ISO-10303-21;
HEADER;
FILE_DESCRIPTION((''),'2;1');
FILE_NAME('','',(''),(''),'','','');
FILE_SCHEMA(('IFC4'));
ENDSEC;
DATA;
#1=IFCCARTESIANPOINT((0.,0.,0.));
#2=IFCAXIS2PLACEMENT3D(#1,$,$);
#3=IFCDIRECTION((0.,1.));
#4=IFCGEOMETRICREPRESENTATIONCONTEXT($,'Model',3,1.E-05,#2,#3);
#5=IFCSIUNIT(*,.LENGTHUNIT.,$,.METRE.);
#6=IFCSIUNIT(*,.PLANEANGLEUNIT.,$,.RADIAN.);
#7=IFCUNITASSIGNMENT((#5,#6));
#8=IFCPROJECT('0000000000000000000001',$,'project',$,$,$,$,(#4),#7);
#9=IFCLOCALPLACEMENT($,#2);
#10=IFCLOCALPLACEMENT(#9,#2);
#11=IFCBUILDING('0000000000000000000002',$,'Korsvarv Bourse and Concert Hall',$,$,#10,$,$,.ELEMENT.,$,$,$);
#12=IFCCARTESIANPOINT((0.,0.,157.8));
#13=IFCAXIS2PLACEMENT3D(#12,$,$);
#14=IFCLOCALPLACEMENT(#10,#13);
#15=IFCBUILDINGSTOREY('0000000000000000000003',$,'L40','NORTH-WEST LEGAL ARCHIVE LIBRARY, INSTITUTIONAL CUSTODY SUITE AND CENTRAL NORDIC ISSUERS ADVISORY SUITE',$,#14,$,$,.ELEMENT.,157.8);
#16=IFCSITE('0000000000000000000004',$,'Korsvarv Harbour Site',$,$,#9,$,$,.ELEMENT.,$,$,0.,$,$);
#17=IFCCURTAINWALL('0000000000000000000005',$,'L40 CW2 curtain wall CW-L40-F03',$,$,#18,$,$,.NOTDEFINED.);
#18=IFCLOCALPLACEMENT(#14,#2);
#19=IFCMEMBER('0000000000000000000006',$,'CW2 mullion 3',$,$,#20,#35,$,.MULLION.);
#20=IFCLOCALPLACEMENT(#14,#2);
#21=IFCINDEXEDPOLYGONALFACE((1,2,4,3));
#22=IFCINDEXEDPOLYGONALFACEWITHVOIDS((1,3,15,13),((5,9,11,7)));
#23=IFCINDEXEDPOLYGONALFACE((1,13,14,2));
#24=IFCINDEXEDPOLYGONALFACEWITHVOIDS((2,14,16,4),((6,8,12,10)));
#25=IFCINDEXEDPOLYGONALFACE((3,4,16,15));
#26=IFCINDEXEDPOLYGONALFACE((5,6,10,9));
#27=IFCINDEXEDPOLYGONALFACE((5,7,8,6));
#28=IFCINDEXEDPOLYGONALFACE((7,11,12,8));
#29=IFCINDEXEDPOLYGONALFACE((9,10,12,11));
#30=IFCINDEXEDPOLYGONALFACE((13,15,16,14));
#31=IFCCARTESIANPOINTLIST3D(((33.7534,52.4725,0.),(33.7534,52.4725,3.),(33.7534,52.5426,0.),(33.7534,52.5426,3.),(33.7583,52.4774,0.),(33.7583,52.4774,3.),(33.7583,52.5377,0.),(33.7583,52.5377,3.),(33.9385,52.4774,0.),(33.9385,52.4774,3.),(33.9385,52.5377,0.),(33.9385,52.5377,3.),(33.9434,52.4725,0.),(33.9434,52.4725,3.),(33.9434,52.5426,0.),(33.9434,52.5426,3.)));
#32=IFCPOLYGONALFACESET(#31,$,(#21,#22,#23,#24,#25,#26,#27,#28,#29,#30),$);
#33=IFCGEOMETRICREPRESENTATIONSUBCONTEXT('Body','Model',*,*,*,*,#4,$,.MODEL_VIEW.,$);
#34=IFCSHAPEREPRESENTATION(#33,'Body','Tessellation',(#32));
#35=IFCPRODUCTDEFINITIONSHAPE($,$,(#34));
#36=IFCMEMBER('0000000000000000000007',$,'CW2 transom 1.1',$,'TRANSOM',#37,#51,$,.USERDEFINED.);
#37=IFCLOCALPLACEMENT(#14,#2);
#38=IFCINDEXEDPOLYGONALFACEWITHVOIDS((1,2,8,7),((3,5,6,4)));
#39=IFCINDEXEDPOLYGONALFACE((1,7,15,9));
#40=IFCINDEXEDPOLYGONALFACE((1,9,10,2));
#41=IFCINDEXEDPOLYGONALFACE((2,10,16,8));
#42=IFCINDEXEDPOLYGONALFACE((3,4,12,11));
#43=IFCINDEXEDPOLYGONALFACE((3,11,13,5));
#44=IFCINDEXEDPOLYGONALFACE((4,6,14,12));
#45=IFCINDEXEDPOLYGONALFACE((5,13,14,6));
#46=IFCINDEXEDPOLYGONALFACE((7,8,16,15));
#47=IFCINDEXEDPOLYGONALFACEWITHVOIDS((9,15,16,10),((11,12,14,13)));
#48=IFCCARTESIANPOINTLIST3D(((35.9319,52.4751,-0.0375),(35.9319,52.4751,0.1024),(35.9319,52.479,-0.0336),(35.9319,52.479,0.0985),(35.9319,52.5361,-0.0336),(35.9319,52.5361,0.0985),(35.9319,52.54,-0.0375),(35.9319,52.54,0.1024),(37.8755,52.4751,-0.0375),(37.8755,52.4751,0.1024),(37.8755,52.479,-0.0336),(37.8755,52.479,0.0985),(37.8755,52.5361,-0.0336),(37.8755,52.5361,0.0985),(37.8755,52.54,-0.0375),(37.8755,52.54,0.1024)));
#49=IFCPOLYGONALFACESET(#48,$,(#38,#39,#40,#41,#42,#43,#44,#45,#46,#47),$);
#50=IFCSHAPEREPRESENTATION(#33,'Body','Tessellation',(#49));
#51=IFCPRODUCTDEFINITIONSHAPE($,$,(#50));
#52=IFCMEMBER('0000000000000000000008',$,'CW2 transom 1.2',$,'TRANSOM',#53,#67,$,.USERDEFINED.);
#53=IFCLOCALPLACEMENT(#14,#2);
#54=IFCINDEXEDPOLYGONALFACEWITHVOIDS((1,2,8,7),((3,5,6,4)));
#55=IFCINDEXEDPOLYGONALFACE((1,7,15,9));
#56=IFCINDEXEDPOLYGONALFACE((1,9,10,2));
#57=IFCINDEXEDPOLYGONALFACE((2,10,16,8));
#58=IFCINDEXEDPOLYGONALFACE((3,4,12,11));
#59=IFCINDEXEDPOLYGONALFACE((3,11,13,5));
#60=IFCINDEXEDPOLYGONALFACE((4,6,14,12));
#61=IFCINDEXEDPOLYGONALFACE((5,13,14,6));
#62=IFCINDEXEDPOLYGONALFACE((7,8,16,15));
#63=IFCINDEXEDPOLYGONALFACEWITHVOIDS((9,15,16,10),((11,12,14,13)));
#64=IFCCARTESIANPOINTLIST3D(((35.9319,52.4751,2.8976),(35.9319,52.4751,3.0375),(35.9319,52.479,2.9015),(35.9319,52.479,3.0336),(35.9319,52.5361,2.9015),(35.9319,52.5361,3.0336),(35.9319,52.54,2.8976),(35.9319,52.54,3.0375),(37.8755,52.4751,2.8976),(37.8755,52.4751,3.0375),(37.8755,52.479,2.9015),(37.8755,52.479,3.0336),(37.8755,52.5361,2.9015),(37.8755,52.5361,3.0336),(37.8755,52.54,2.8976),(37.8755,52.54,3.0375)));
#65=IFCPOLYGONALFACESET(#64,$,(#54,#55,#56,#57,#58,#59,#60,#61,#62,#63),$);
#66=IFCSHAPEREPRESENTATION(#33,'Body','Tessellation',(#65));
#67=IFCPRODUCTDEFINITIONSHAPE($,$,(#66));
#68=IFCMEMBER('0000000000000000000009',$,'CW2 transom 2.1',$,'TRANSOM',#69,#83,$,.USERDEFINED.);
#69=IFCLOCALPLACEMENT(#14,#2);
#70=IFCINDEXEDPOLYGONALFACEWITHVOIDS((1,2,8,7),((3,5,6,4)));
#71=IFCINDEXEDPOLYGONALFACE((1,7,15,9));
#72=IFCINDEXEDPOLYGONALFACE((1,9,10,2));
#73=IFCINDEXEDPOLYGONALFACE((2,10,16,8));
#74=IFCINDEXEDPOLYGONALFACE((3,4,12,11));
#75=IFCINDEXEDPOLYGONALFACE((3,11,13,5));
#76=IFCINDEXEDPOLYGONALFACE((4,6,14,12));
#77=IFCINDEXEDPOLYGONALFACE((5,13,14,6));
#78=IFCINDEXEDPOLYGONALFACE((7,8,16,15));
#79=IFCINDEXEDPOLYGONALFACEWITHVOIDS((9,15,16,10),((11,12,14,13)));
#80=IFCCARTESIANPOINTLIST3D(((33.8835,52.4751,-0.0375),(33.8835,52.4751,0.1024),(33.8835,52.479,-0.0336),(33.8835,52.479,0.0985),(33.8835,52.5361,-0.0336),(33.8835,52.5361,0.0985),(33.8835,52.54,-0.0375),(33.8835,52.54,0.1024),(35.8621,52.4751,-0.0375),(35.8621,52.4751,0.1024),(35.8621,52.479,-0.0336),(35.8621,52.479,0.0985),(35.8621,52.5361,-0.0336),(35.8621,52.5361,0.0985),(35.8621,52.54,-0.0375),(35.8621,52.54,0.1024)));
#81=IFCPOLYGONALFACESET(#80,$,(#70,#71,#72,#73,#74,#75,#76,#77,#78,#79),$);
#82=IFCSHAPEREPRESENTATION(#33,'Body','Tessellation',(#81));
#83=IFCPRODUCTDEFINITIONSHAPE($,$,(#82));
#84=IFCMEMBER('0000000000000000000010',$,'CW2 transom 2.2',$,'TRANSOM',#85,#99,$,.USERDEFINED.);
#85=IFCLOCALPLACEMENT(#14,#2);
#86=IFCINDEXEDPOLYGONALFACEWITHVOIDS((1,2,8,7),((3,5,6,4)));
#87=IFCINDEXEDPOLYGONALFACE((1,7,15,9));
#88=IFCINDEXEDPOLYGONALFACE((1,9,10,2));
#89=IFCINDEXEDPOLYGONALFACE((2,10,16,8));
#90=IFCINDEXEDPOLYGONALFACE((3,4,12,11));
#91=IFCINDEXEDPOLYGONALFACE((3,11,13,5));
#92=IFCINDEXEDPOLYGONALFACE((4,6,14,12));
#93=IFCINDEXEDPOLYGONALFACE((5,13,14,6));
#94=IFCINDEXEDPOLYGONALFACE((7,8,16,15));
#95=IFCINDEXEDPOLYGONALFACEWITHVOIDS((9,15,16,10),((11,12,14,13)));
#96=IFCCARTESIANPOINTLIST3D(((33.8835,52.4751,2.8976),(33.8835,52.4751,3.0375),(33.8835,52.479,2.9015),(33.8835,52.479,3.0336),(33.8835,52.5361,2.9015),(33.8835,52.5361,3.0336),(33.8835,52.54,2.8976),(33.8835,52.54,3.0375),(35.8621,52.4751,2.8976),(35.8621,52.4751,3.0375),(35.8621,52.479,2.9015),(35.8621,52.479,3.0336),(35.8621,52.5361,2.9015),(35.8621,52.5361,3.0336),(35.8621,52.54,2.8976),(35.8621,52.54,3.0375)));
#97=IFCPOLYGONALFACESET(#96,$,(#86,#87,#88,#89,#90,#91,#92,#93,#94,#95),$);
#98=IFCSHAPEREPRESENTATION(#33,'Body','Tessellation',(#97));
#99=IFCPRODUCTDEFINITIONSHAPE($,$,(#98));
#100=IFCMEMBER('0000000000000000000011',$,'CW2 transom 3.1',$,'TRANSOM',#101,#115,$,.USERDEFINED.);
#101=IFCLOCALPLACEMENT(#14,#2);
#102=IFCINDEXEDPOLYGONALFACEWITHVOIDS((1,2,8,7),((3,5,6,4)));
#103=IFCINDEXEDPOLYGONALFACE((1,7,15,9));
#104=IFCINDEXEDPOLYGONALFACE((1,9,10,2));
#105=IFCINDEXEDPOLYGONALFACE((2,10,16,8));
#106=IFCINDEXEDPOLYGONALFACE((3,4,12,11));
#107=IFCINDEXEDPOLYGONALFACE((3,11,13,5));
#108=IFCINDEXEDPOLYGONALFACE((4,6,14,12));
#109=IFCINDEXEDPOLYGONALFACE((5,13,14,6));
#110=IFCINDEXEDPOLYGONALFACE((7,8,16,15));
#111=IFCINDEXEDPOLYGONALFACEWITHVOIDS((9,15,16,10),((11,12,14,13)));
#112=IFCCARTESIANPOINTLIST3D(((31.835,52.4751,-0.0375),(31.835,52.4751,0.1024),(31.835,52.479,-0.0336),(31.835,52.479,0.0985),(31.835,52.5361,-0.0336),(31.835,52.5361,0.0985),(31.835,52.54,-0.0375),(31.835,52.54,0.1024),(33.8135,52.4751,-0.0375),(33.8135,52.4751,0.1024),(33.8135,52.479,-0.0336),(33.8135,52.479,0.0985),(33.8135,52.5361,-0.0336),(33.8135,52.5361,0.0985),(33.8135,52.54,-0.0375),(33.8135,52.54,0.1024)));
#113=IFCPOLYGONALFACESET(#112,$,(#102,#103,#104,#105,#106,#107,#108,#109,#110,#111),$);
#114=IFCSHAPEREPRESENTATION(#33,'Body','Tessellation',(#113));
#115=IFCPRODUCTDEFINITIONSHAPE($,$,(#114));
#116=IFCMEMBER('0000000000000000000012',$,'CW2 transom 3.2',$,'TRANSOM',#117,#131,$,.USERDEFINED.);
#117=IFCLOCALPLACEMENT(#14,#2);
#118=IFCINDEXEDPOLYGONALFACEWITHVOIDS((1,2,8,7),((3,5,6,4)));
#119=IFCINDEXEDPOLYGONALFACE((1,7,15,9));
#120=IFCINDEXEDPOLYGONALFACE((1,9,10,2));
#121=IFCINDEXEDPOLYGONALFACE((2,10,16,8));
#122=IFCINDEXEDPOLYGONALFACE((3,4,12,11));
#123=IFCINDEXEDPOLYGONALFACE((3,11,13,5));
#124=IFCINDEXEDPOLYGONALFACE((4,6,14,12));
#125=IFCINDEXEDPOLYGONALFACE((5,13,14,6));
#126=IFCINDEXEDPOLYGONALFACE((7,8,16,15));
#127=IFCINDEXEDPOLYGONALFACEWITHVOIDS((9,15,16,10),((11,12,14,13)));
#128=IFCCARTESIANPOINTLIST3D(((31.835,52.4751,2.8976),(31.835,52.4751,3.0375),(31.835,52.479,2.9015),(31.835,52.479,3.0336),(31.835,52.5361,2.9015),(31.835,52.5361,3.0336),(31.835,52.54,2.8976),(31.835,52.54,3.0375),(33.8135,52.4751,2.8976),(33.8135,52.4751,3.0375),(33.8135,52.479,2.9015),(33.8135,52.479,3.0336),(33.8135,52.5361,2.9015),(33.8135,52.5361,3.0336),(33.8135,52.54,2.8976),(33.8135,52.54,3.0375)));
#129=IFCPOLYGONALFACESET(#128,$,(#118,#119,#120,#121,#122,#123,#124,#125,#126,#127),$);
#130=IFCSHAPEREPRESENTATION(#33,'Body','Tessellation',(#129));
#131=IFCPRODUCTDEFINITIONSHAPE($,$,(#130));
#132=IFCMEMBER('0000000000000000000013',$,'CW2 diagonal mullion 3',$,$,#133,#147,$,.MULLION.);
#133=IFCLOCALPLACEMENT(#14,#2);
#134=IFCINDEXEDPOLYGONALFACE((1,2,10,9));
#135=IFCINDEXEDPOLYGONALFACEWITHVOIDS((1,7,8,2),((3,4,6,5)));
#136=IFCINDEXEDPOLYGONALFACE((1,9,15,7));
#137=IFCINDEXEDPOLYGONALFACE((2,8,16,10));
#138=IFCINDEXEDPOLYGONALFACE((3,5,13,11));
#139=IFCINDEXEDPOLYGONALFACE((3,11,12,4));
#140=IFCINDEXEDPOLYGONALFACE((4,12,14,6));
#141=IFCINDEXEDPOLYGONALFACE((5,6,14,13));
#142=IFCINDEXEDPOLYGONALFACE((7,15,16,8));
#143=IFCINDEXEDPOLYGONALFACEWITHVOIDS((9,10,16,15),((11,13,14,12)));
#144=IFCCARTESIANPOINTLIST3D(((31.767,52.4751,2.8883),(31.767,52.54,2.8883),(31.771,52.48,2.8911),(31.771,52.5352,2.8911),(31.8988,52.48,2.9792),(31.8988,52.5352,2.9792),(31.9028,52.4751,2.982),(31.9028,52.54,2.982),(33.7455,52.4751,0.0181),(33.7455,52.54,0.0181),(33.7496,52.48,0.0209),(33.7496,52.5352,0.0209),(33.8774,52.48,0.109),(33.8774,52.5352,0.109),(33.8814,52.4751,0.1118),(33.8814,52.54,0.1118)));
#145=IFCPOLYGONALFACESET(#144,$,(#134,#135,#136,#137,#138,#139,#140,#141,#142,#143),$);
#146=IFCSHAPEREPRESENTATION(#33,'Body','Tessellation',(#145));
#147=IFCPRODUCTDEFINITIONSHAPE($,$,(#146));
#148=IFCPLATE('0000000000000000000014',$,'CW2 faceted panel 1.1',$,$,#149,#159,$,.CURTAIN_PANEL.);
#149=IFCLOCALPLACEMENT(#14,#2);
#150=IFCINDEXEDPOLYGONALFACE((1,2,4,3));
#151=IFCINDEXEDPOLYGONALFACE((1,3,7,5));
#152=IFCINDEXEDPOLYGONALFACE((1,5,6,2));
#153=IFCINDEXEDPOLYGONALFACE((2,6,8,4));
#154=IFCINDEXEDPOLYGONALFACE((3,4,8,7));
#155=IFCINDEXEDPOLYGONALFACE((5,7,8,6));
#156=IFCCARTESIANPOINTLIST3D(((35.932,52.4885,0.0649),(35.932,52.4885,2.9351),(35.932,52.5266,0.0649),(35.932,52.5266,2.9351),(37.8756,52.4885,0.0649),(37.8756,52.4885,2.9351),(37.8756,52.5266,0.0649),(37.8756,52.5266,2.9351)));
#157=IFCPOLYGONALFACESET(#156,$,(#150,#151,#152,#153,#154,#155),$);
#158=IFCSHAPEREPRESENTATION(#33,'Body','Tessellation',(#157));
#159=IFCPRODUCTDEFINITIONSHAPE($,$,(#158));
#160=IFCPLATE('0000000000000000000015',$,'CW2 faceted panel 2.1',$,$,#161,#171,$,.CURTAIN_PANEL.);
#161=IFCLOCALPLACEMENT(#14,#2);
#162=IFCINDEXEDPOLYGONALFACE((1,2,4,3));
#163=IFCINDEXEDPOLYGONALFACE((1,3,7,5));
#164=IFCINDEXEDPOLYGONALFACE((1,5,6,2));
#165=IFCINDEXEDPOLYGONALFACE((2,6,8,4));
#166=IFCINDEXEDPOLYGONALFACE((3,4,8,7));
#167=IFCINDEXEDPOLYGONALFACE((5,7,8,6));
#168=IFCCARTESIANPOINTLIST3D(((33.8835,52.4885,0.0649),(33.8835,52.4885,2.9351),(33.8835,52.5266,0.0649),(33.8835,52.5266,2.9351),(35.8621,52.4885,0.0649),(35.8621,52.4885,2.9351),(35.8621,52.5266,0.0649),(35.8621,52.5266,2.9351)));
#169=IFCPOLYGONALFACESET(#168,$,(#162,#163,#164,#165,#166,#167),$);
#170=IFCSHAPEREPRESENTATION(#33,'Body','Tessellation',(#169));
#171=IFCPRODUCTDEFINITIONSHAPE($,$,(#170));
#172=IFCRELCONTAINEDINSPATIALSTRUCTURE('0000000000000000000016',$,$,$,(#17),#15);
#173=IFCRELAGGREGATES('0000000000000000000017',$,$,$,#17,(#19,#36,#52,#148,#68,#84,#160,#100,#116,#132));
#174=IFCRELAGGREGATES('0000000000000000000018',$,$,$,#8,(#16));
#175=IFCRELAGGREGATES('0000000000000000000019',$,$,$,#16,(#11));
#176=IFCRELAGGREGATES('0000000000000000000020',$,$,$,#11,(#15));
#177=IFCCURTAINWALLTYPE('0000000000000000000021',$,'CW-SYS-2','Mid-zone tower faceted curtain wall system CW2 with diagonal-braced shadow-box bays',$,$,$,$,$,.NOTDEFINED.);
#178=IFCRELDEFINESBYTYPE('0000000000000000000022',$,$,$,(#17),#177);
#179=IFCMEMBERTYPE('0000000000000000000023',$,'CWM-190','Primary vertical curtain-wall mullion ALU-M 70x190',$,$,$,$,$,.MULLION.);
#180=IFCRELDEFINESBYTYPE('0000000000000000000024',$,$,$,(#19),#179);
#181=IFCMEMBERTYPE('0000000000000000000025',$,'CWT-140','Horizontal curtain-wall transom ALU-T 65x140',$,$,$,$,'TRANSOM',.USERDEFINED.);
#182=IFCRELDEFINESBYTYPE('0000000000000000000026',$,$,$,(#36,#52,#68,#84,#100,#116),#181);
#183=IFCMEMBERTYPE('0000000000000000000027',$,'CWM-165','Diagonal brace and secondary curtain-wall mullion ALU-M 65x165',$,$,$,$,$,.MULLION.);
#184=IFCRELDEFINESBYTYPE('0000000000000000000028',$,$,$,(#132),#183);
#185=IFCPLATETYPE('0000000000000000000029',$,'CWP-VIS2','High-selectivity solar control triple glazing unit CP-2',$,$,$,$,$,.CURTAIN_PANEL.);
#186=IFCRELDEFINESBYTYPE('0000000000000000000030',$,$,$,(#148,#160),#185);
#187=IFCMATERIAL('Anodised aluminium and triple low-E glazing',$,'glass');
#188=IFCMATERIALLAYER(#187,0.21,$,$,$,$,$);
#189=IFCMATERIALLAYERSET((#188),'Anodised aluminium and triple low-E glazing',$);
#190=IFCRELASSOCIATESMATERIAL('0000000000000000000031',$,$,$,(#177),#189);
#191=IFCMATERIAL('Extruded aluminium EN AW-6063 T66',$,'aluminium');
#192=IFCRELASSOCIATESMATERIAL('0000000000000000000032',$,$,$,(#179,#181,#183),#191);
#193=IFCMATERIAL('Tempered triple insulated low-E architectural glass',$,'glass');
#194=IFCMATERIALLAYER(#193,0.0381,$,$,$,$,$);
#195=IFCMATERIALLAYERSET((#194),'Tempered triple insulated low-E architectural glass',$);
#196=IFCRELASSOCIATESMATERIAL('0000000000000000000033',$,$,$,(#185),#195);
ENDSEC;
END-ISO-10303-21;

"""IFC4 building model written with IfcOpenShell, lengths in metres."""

from ifc_helpers import new_model, si_unit, direction, frame, origin, origin_2d, place, context, subcontext, project, spatial, rectangle, hollow_rectangle, extrude, source, transform, mapped, material, layer, layer_set, material_profile, profile_set, type_object, element, aggregate, save


model = new_model("IFC4")

# Units and contexts
model_context = context("Model", 3, precision=1e-05, world=origin(), true_north=direction((0.0, 1.0)))
body_context = subcontext(model_context, "Body", "Model", "MODEL_VIEW")
ifc_project = project(units=[si_unit("LENGTHUNIT", "METRE"), si_unit("PLANEANGLEUNIT", "RADIAN")], contexts=[model_context])

# Site, building, storey
site_placement = place(None, origin())
site = spatial("IfcSite", under=ifc_project, at=site_placement, Name="Korsvarv Harbour Site", CompositionType="ELEMENT", RefElevation=0.0)
building_placement = place(site_placement, origin())
building = spatial("IfcBuilding", under=site, at=building_placement, Name="Korsvarv Bourse and Concert Hall", CompositionType="ELEMENT")
storey_placement = place(building_placement, frame((0.0, 0.0, 157.8)))
storey = spatial("IfcBuildingStorey", under=building, at=storey_placement, Name="L40", Description="NORTH-WEST LEGAL ARCHIVE LIBRARY, INSTITUTIONAL CUSTODY SUITE AND CENTRAL NORDIC ISSUERS ADVISORY SUITE", CompositionType="ELEMENT", Elevation=157.8)

# Curtain wall, members, plates
ifc_material_1 = material(Name="Anodised aluminium and triple low-E glazing", Category="glass")
ifc_layer_1 = layer(ifc_material_1, 0.21)
ifc_layer_set_1 = layer_set([ifc_layer_1], Name="Anodised aluminium and triple low-E glazing")
curtain_wall_type = type_object("IfcCurtainWallType", Name="CW-SYS-2", Description="Mid-zone tower faceted curtain wall system CW2 with diagonal-braced shadow-box bays", PredefinedType="NOTDEFINED", material=ifc_layer_set_1)
curtain_wall_placement = place(storey_placement, origin())
curtain_wall = element("IfcCurtainWall", 1, at=curtain_wall_placement, inside=storey, type_object=curtain_wall_type, Name="L40 CW2 curtain wall CW-L40-F03", PredefinedType="NOTDEFINED")
ifc_material_2 = material(Name="Extruded aluminium EN AW-6063 T66", Category="aluminium")
ifc_material_profile_1 = material_profile(ifc_material_2, hollow_rectangle(XDim=0.0701, YDim=0.1899, WallThickness=0.0049, at=origin_2d()), Name="ALU-M 70x190")
ifc_profile_set_1 = profile_set([ifc_material_profile_1], Name="Extruded aluminium EN AW-6063 T66")
member_type_1 = type_object("IfcMemberType", Name="CWM-190", Description="Primary vertical curtain-wall mullion ALU-M 70x190", PredefinedType="MULLION", material=ifc_profile_set_1)
shared_shape_1 = source(origin(), body_context, "Body", "SweptSolid", [
    extrude(hollow_rectangle(XDim=0.0701, YDim=0.1899, WallThickness=0.0049, at=origin_2d()), origin(), (0.0, 0.0, 1.0), 3.0),
])
member_1_placement = place(storey_placement, frame((33.8484, 52.5076, 0.0), z_axis=(0.0, 0.0, 1.0), x_axis=(0.0, -1.0, 0.0)))
member_1 = element("IfcMember", 2, at=member_1_placement, type_object=member_type_1, Name="CW2 mullion 3", PredefinedType="MULLION", context=body_context, shape_type="MappedRepresentation", body=[
    mapped(shared_shape_1, transform((0.0, 0.0, 0.0), scale=1.0)),
])
ifc_material_profile_2 = material_profile(ifc_material_2, hollow_rectangle(XDim=0.0649, YDim=0.1399, WallThickness=0.0039, at=origin_2d()), Name="ALU-T 65x140")
ifc_profile_set_2 = profile_set([ifc_material_profile_2], Name="Extruded aluminium EN AW-6063 T66")
member_type_2 = type_object("IfcMemberType", Name="CWT-140", Description="Horizontal curtain-wall transom ALU-T 65x140", ElementType="TRANSOM", PredefinedType="USERDEFINED", material=ifc_profile_set_2)
shared_shape_2 = source(origin(), body_context, "Body", "SweptSolid", [
    extrude(hollow_rectangle(XDim=0.0649, YDim=0.1399, WallThickness=0.0039, at=origin_2d()), origin(), (0.0, 0.0, 1.0), 1.9436),
])
member_2_placement = place(storey_placement, frame((37.8755, 52.5076, 0.0325), z_axis=(-1.0, 0.0, 0.0), x_axis=(0.0, -1.0, 0.0)))
member_2 = element("IfcMember", 3, at=member_2_placement, type_object=member_type_2, Name="CW2 transom 1.1", ObjectType="TRANSOM", PredefinedType="USERDEFINED", context=body_context, shape_type="MappedRepresentation", body=[
    mapped(shared_shape_2, transform((0.0, 0.0, 0.0), scale=1.0)),
])
member_3_placement = place(storey_placement, frame((37.8755, 52.5076, 2.9675), z_axis=(-1.0, 0.0, 0.0), x_axis=(0.0, -1.0, 0.0)))
member_3 = element("IfcMember", 4, at=member_3_placement, type_object=member_type_2, Name="CW2 transom 1.2", ObjectType="TRANSOM", PredefinedType="USERDEFINED", context=body_context, shape_type="MappedRepresentation", body=[
    mapped(shared_shape_2, transform((0.0, 0.0, 0.0), scale=1.0)),
])
shared_shape_3 = source(origin(), body_context, "Body", "SweptSolid", [
    extrude(hollow_rectangle(XDim=0.0649, YDim=0.1399, WallThickness=0.0039, at=origin_2d()), origin(), (0.0, 0.0, 1.0), 1.9785),
])
member_4_placement = place(storey_placement, frame((35.8621, 52.5076, 0.0325), z_axis=(-1.0, 0.0, 0.0), x_axis=(0.0, -1.0, 0.0)))
member_4 = element("IfcMember", 5, at=member_4_placement, type_object=member_type_2, Name="CW2 transom 2.1", ObjectType="TRANSOM", PredefinedType="USERDEFINED", context=body_context, shape_type="MappedRepresentation", body=[
    mapped(shared_shape_3, transform((0.0, 0.0, 0.0), scale=1.0)),
])
member_5_placement = place(storey_placement, frame((35.8621, 52.5076, 2.9675), z_axis=(-1.0, 0.0, 0.0), x_axis=(0.0, -1.0, 0.0)))
member_5 = element("IfcMember", 6, at=member_5_placement, type_object=member_type_2, Name="CW2 transom 2.2", ObjectType="TRANSOM", PredefinedType="USERDEFINED", context=body_context, shape_type="MappedRepresentation", body=[
    mapped(shared_shape_3, transform((0.0, 0.0, 0.0), scale=1.0)),
])
member_6_placement = place(storey_placement, frame((33.8135, 52.5076, 0.0325), z_axis=(-1.0, 0.0, 0.0), x_axis=(0.0, -1.0, 0.0)))
member_6 = element("IfcMember", 7, at=member_6_placement, type_object=member_type_2, Name="CW2 transom 3.1", ObjectType="TRANSOM", PredefinedType="USERDEFINED", context=body_context, shape_type="MappedRepresentation", body=[
    mapped(shared_shape_3, transform((0.0, 0.0, 0.0), scale=1.0)),
])
member_7_placement = place(storey_placement, frame((33.8135, 52.5076, 2.9675), z_axis=(-1.0, 0.0, 0.0), x_axis=(0.0, -1.0, 0.0)))
member_7 = element("IfcMember", 8, at=member_7_placement, type_object=member_type_2, Name="CW2 transom 3.2", ObjectType="TRANSOM", PredefinedType="USERDEFINED", context=body_context, shape_type="MappedRepresentation", body=[
    mapped(shared_shape_3, transform((0.0, 0.0, 0.0), scale=1.0)),
])
ifc_material_profile_3 = material_profile(ifc_material_2, hollow_rectangle(XDim=0.0649, YDim=0.165, WallThickness=0.0049, at=origin_2d()), Name="ALU-M 65x165")
ifc_profile_set_3 = profile_set([ifc_material_profile_3], Name="Extruded aluminium EN AW-6063 T66")
member_type_3 = type_object("IfcMemberType", Name="CWM-165", Description="Diagonal brace and secondary curtain-wall mullion ALU-M 65x165", PredefinedType="MULLION", material=ifc_profile_set_3)
shared_shape_4 = source(origin(), body_context, "Body", "SweptSolid", [
    extrude(hollow_rectangle(XDim=0.0649, YDim=0.165, WallThickness=0.0049, at=origin_2d()), origin(), (0.0, 0.0, 1.0), 3.4861),
])
member_8_placement = place(storey_placement, frame((33.8135, 52.5076, 0.0649), z_axis=(-0.567563, 0.0, 0.82333), x_axis=(0.0, -1.0, 0.0)))
member_8 = element("IfcMember", 9, at=member_8_placement, type_object=member_type_3, Name="CW2 diagonal mullion 3", PredefinedType="MULLION", context=body_context, shape_type="MappedRepresentation", body=[
    mapped(shared_shape_4, transform((0.0, 0.0, 0.0), scale=1.0)),
])
ifc_material_3 = material(Name="Tempered triple insulated low-E architectural glass", Category="glass")
ifc_layer_2 = layer(ifc_material_3, 0.0381)
ifc_layer_set_2 = layer_set([ifc_layer_2], Name="Tempered triple insulated low-E architectural glass")
plate_type_1 = type_object("IfcPlateType", Name="CWP-VIS2", Description="High-selectivity solar control triple glazing unit CP-2", PredefinedType="CURTAIN_PANEL", material=ifc_layer_set_2)
shared_shape_5 = source(origin(), body_context, "Body", "SweptSolid", [
    extrude(rectangle(XDim=1.9436, YDim=0.0381, at=origin_2d()), origin(), (0.0, 0.0, 1.0), 2.8701),
])
plate_1_placement = place(storey_placement, frame((36.9038, 52.5076, 0.0649), z_axis=(0.0, 0.0, 1.0), x_axis=(-1.0, 0.0, 0.0)))
plate_1 = element("IfcPlate", 10, at=plate_1_placement, type_object=plate_type_1, Name="CW2 faceted panel 1.1", PredefinedType="CURTAIN_PANEL", context=body_context, shape_type="MappedRepresentation", body=[
    mapped(shared_shape_5, transform((0.0, 0.0, 0.0), scale=1.0)),
])
shared_shape_6 = source(origin(), body_context, "Body", "SweptSolid", [
    extrude(rectangle(XDim=1.9785, YDim=0.0381, at=origin_2d()), origin(), (0.0, 0.0, 1.0), 2.8701),
])
plate_2_placement = place(storey_placement, frame((34.8728, 52.5076, 0.0649), z_axis=(0.0, 0.0, 1.0), x_axis=(-1.0, 0.0, 0.0)))
plate_2 = element("IfcPlate", 11, at=plate_2_placement, type_object=plate_type_1, Name="CW2 faceted panel 2.1", PredefinedType="CURTAIN_PANEL", context=body_context, shape_type="MappedRepresentation", body=[
    mapped(shared_shape_6, transform((0.0, 0.0, 0.0), scale=1.0)),
])
aggregate(curtain_wall, [member_1, member_2, member_3, plate_1, member_4, member_5, plate_2, member_6, member_7, member_8])

save(model, "model.ifc")
